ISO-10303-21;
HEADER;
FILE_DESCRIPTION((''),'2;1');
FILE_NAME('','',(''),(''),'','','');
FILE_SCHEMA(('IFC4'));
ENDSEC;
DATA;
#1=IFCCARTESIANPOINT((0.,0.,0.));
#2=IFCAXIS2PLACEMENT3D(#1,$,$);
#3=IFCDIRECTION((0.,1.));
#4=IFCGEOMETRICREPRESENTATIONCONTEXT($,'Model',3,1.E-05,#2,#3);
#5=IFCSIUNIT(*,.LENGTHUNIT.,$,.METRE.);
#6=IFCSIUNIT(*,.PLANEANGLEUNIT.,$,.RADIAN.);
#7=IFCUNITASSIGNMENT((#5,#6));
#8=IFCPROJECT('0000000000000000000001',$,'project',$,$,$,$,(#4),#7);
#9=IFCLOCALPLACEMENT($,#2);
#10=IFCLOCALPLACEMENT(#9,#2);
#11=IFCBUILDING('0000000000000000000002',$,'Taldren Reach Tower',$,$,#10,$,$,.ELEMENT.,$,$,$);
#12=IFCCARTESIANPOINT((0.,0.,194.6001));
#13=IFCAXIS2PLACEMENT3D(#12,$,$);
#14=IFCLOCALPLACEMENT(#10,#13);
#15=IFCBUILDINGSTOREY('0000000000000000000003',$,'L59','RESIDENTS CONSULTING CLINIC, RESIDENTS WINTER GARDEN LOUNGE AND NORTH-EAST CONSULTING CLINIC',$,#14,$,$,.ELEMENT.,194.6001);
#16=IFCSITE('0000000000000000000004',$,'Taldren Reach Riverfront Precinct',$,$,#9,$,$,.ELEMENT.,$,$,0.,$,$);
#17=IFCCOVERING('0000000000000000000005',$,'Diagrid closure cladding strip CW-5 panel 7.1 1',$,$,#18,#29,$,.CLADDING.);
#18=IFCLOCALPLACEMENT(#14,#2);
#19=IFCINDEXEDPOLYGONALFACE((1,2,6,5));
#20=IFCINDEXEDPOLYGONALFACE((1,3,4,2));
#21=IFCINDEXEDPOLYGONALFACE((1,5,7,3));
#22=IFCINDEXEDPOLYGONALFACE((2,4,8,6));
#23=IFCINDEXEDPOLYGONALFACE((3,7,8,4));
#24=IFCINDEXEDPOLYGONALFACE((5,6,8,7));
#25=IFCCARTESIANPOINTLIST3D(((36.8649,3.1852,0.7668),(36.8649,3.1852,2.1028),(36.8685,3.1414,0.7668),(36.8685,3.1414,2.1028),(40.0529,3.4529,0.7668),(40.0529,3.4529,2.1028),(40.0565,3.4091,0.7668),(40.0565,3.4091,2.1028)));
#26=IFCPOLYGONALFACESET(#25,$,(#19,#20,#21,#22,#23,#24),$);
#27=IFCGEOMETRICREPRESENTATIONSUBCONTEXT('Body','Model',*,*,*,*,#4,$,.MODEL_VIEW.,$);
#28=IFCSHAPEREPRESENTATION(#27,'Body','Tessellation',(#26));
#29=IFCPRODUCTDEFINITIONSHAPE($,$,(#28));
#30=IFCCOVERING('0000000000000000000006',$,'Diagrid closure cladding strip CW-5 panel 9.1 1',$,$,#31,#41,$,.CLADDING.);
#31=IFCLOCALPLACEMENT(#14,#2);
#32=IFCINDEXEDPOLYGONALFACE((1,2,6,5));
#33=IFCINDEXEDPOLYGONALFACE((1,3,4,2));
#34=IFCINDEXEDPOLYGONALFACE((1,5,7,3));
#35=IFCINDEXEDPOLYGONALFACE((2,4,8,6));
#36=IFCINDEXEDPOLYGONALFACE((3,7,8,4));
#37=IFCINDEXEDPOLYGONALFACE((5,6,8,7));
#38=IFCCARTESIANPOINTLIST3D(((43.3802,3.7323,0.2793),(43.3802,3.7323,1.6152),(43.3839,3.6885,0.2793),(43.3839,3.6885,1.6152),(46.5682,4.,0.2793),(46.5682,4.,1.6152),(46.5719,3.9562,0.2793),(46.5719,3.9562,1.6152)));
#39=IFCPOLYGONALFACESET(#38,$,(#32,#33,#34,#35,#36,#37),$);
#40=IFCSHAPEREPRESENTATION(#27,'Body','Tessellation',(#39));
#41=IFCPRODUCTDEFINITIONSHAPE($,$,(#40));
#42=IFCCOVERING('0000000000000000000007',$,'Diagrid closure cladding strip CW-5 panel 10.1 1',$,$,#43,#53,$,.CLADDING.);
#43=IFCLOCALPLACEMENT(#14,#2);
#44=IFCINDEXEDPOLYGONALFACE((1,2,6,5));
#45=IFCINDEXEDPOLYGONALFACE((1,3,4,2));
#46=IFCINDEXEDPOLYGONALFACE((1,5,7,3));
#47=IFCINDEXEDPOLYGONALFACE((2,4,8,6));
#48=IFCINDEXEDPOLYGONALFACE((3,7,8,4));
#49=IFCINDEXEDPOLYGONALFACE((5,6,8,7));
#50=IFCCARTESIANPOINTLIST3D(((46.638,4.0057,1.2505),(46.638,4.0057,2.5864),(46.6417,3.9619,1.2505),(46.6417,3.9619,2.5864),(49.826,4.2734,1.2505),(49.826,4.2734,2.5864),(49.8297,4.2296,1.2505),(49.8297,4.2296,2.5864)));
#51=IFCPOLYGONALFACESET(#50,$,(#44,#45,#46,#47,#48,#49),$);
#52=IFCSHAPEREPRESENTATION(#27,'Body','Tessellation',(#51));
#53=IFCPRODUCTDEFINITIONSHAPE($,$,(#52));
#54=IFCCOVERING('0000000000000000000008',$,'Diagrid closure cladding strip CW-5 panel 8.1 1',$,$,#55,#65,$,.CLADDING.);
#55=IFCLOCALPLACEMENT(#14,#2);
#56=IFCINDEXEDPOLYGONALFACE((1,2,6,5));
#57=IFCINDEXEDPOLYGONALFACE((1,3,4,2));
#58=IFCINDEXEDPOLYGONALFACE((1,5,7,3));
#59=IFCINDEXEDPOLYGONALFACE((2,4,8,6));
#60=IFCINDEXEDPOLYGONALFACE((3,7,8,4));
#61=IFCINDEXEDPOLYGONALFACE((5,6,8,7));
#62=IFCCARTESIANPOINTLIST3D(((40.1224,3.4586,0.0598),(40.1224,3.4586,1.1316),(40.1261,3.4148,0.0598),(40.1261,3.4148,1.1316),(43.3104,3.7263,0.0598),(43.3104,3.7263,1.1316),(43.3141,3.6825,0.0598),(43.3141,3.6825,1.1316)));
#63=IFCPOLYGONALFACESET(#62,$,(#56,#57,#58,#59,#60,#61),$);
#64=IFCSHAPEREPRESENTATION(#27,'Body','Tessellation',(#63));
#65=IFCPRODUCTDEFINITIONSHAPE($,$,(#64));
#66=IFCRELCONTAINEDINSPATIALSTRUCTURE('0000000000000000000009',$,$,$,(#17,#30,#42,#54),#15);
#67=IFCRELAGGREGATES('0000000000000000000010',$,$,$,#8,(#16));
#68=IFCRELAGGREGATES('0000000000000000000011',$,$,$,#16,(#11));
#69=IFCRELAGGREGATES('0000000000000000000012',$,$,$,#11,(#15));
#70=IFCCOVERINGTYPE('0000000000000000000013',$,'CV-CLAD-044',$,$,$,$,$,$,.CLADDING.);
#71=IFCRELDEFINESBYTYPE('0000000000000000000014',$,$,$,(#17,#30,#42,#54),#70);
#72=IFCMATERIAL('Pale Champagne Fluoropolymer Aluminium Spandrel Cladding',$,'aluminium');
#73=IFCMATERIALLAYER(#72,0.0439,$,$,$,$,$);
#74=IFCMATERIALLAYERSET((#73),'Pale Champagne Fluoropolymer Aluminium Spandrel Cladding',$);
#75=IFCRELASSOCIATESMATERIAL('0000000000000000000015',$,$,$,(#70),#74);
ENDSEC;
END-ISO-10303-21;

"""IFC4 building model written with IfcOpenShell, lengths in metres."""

from ifc_helpers import new_model, si_unit, direction, frame, origin, origin_2d, place, context, subcontext, project, spatial, rectangle, extrude, source, transform, mapped, material, layer, layer_set, type_object, element, save


model = new_model("IFC4")

# Units and contexts
model_context = context("Model", 3, precision=1e-05, world=origin(), true_north=direction((0.0, 1.0)))
body_context = subcontext(model_context, "Body", "Model", "MODEL_VIEW")
ifc_project = project(units=[si_unit("LENGTHUNIT", "METRE"), si_unit("PLANEANGLEUNIT", "RADIAN")], contexts=[model_context])

# Site, building, storey
site_placement = place(None, origin())
site = spatial("IfcSite", under=ifc_project, at=site_placement, Name="Taldren Reach Riverfront Precinct", CompositionType="ELEMENT", RefElevation=0.0)
building_placement = place(site_placement, origin())
building = spatial("IfcBuilding", under=site, at=building_placement, Name="Taldren Reach Tower", CompositionType="ELEMENT")
storey_placement = place(building_placement, frame((0.0, 0.0, 194.6001)))
storey = spatial("IfcBuildingStorey", under=building, at=storey_placement, Name="L59", Description="RESIDENTS CONSULTING CLINIC, RESIDENTS WINTER GARDEN LOUNGE AND NORTH-EAST CONSULTING CLINIC", CompositionType="ELEMENT", Elevation=194.6001)

# Coverings
ifc_material_1 = material(Name="Pale Champagne Fluoropolymer Aluminium Spandrel Cladding", Category="aluminium")
ifc_layer_1 = layer(ifc_material_1, 0.0439)
ifc_layer_set_1 = layer_set([ifc_layer_1], Name="Pale Champagne Fluoropolymer Aluminium Spandrel Cladding")
covering_type = type_object("IfcCoveringType", Name="CV-CLAD-044", PredefinedType="CLADDING", material=ifc_layer_set_1)
shared_shape_1 = source(origin(), body_context, "Body", "SweptSolid", [
    extrude(rectangle(XDim=3.1992, YDim=0.0439, at=origin_2d()), origin(), (0.0, 0.0, 1.0), 1.3359),
])
for number, where, z_axis, x_axis, name in (
    (1, (38.4607, 3.2971, 0.7668), (0.0, 0.0, 1.0), (0.996493, 0.083678, 0.0), "Diagrid closure cladding strip CW-5 panel 7.1 1"),
    (2, (44.9761, 3.8442, 0.2793), (0.0, 0.0, 1.0), (0.996493, 0.083678, 0.0), "Diagrid closure cladding strip CW-5 panel 9.1 1"),
    (3, (48.2339, 4.1177, 1.2505), (0.0, 0.0, 1.0), (0.996493, 0.083678, 0.0), "Diagrid closure cladding strip CW-5 panel 10.1 1"),
):
    element("IfcCovering", number, at=place(storey_placement, frame(where, z_axis=z_axis, x_axis=x_axis)), inside=storey, type_object=covering_type, Name=name, PredefinedType="CLADDING", context=body_context, shape_type="MappedRepresentation", body=[
        mapped(shared_shape_1, transform((0.0, 0.0, 0.0), scale=1.0)),
    ])
shared_shape_2 = source(origin(), body_context, "Body", "SweptSolid", [
    extrude(rectangle(XDim=3.1992, YDim=0.0439, at=origin_2d()), origin(), (0.0, 0.0, 1.0), 1.0718),
])
covering_placement = place(storey_placement, frame((41.7183, 3.5706, 0.0598), z_axis=(0.0, 0.0, 1.0), x_axis=(0.996493, 0.083678, 0.0)))
element("IfcCovering", 4, at=covering_placement, inside=storey, type_object=covering_type, Name="Diagrid closure cladding strip CW-5 panel 8.1 1", PredefinedType="CLADDING", context=body_context, shape_type="MappedRepresentation", body=[
    mapped(shared_shape_2, transform((0.0, 0.0, 0.0), scale=1.0)),
])

save(model, "model.ifc")
